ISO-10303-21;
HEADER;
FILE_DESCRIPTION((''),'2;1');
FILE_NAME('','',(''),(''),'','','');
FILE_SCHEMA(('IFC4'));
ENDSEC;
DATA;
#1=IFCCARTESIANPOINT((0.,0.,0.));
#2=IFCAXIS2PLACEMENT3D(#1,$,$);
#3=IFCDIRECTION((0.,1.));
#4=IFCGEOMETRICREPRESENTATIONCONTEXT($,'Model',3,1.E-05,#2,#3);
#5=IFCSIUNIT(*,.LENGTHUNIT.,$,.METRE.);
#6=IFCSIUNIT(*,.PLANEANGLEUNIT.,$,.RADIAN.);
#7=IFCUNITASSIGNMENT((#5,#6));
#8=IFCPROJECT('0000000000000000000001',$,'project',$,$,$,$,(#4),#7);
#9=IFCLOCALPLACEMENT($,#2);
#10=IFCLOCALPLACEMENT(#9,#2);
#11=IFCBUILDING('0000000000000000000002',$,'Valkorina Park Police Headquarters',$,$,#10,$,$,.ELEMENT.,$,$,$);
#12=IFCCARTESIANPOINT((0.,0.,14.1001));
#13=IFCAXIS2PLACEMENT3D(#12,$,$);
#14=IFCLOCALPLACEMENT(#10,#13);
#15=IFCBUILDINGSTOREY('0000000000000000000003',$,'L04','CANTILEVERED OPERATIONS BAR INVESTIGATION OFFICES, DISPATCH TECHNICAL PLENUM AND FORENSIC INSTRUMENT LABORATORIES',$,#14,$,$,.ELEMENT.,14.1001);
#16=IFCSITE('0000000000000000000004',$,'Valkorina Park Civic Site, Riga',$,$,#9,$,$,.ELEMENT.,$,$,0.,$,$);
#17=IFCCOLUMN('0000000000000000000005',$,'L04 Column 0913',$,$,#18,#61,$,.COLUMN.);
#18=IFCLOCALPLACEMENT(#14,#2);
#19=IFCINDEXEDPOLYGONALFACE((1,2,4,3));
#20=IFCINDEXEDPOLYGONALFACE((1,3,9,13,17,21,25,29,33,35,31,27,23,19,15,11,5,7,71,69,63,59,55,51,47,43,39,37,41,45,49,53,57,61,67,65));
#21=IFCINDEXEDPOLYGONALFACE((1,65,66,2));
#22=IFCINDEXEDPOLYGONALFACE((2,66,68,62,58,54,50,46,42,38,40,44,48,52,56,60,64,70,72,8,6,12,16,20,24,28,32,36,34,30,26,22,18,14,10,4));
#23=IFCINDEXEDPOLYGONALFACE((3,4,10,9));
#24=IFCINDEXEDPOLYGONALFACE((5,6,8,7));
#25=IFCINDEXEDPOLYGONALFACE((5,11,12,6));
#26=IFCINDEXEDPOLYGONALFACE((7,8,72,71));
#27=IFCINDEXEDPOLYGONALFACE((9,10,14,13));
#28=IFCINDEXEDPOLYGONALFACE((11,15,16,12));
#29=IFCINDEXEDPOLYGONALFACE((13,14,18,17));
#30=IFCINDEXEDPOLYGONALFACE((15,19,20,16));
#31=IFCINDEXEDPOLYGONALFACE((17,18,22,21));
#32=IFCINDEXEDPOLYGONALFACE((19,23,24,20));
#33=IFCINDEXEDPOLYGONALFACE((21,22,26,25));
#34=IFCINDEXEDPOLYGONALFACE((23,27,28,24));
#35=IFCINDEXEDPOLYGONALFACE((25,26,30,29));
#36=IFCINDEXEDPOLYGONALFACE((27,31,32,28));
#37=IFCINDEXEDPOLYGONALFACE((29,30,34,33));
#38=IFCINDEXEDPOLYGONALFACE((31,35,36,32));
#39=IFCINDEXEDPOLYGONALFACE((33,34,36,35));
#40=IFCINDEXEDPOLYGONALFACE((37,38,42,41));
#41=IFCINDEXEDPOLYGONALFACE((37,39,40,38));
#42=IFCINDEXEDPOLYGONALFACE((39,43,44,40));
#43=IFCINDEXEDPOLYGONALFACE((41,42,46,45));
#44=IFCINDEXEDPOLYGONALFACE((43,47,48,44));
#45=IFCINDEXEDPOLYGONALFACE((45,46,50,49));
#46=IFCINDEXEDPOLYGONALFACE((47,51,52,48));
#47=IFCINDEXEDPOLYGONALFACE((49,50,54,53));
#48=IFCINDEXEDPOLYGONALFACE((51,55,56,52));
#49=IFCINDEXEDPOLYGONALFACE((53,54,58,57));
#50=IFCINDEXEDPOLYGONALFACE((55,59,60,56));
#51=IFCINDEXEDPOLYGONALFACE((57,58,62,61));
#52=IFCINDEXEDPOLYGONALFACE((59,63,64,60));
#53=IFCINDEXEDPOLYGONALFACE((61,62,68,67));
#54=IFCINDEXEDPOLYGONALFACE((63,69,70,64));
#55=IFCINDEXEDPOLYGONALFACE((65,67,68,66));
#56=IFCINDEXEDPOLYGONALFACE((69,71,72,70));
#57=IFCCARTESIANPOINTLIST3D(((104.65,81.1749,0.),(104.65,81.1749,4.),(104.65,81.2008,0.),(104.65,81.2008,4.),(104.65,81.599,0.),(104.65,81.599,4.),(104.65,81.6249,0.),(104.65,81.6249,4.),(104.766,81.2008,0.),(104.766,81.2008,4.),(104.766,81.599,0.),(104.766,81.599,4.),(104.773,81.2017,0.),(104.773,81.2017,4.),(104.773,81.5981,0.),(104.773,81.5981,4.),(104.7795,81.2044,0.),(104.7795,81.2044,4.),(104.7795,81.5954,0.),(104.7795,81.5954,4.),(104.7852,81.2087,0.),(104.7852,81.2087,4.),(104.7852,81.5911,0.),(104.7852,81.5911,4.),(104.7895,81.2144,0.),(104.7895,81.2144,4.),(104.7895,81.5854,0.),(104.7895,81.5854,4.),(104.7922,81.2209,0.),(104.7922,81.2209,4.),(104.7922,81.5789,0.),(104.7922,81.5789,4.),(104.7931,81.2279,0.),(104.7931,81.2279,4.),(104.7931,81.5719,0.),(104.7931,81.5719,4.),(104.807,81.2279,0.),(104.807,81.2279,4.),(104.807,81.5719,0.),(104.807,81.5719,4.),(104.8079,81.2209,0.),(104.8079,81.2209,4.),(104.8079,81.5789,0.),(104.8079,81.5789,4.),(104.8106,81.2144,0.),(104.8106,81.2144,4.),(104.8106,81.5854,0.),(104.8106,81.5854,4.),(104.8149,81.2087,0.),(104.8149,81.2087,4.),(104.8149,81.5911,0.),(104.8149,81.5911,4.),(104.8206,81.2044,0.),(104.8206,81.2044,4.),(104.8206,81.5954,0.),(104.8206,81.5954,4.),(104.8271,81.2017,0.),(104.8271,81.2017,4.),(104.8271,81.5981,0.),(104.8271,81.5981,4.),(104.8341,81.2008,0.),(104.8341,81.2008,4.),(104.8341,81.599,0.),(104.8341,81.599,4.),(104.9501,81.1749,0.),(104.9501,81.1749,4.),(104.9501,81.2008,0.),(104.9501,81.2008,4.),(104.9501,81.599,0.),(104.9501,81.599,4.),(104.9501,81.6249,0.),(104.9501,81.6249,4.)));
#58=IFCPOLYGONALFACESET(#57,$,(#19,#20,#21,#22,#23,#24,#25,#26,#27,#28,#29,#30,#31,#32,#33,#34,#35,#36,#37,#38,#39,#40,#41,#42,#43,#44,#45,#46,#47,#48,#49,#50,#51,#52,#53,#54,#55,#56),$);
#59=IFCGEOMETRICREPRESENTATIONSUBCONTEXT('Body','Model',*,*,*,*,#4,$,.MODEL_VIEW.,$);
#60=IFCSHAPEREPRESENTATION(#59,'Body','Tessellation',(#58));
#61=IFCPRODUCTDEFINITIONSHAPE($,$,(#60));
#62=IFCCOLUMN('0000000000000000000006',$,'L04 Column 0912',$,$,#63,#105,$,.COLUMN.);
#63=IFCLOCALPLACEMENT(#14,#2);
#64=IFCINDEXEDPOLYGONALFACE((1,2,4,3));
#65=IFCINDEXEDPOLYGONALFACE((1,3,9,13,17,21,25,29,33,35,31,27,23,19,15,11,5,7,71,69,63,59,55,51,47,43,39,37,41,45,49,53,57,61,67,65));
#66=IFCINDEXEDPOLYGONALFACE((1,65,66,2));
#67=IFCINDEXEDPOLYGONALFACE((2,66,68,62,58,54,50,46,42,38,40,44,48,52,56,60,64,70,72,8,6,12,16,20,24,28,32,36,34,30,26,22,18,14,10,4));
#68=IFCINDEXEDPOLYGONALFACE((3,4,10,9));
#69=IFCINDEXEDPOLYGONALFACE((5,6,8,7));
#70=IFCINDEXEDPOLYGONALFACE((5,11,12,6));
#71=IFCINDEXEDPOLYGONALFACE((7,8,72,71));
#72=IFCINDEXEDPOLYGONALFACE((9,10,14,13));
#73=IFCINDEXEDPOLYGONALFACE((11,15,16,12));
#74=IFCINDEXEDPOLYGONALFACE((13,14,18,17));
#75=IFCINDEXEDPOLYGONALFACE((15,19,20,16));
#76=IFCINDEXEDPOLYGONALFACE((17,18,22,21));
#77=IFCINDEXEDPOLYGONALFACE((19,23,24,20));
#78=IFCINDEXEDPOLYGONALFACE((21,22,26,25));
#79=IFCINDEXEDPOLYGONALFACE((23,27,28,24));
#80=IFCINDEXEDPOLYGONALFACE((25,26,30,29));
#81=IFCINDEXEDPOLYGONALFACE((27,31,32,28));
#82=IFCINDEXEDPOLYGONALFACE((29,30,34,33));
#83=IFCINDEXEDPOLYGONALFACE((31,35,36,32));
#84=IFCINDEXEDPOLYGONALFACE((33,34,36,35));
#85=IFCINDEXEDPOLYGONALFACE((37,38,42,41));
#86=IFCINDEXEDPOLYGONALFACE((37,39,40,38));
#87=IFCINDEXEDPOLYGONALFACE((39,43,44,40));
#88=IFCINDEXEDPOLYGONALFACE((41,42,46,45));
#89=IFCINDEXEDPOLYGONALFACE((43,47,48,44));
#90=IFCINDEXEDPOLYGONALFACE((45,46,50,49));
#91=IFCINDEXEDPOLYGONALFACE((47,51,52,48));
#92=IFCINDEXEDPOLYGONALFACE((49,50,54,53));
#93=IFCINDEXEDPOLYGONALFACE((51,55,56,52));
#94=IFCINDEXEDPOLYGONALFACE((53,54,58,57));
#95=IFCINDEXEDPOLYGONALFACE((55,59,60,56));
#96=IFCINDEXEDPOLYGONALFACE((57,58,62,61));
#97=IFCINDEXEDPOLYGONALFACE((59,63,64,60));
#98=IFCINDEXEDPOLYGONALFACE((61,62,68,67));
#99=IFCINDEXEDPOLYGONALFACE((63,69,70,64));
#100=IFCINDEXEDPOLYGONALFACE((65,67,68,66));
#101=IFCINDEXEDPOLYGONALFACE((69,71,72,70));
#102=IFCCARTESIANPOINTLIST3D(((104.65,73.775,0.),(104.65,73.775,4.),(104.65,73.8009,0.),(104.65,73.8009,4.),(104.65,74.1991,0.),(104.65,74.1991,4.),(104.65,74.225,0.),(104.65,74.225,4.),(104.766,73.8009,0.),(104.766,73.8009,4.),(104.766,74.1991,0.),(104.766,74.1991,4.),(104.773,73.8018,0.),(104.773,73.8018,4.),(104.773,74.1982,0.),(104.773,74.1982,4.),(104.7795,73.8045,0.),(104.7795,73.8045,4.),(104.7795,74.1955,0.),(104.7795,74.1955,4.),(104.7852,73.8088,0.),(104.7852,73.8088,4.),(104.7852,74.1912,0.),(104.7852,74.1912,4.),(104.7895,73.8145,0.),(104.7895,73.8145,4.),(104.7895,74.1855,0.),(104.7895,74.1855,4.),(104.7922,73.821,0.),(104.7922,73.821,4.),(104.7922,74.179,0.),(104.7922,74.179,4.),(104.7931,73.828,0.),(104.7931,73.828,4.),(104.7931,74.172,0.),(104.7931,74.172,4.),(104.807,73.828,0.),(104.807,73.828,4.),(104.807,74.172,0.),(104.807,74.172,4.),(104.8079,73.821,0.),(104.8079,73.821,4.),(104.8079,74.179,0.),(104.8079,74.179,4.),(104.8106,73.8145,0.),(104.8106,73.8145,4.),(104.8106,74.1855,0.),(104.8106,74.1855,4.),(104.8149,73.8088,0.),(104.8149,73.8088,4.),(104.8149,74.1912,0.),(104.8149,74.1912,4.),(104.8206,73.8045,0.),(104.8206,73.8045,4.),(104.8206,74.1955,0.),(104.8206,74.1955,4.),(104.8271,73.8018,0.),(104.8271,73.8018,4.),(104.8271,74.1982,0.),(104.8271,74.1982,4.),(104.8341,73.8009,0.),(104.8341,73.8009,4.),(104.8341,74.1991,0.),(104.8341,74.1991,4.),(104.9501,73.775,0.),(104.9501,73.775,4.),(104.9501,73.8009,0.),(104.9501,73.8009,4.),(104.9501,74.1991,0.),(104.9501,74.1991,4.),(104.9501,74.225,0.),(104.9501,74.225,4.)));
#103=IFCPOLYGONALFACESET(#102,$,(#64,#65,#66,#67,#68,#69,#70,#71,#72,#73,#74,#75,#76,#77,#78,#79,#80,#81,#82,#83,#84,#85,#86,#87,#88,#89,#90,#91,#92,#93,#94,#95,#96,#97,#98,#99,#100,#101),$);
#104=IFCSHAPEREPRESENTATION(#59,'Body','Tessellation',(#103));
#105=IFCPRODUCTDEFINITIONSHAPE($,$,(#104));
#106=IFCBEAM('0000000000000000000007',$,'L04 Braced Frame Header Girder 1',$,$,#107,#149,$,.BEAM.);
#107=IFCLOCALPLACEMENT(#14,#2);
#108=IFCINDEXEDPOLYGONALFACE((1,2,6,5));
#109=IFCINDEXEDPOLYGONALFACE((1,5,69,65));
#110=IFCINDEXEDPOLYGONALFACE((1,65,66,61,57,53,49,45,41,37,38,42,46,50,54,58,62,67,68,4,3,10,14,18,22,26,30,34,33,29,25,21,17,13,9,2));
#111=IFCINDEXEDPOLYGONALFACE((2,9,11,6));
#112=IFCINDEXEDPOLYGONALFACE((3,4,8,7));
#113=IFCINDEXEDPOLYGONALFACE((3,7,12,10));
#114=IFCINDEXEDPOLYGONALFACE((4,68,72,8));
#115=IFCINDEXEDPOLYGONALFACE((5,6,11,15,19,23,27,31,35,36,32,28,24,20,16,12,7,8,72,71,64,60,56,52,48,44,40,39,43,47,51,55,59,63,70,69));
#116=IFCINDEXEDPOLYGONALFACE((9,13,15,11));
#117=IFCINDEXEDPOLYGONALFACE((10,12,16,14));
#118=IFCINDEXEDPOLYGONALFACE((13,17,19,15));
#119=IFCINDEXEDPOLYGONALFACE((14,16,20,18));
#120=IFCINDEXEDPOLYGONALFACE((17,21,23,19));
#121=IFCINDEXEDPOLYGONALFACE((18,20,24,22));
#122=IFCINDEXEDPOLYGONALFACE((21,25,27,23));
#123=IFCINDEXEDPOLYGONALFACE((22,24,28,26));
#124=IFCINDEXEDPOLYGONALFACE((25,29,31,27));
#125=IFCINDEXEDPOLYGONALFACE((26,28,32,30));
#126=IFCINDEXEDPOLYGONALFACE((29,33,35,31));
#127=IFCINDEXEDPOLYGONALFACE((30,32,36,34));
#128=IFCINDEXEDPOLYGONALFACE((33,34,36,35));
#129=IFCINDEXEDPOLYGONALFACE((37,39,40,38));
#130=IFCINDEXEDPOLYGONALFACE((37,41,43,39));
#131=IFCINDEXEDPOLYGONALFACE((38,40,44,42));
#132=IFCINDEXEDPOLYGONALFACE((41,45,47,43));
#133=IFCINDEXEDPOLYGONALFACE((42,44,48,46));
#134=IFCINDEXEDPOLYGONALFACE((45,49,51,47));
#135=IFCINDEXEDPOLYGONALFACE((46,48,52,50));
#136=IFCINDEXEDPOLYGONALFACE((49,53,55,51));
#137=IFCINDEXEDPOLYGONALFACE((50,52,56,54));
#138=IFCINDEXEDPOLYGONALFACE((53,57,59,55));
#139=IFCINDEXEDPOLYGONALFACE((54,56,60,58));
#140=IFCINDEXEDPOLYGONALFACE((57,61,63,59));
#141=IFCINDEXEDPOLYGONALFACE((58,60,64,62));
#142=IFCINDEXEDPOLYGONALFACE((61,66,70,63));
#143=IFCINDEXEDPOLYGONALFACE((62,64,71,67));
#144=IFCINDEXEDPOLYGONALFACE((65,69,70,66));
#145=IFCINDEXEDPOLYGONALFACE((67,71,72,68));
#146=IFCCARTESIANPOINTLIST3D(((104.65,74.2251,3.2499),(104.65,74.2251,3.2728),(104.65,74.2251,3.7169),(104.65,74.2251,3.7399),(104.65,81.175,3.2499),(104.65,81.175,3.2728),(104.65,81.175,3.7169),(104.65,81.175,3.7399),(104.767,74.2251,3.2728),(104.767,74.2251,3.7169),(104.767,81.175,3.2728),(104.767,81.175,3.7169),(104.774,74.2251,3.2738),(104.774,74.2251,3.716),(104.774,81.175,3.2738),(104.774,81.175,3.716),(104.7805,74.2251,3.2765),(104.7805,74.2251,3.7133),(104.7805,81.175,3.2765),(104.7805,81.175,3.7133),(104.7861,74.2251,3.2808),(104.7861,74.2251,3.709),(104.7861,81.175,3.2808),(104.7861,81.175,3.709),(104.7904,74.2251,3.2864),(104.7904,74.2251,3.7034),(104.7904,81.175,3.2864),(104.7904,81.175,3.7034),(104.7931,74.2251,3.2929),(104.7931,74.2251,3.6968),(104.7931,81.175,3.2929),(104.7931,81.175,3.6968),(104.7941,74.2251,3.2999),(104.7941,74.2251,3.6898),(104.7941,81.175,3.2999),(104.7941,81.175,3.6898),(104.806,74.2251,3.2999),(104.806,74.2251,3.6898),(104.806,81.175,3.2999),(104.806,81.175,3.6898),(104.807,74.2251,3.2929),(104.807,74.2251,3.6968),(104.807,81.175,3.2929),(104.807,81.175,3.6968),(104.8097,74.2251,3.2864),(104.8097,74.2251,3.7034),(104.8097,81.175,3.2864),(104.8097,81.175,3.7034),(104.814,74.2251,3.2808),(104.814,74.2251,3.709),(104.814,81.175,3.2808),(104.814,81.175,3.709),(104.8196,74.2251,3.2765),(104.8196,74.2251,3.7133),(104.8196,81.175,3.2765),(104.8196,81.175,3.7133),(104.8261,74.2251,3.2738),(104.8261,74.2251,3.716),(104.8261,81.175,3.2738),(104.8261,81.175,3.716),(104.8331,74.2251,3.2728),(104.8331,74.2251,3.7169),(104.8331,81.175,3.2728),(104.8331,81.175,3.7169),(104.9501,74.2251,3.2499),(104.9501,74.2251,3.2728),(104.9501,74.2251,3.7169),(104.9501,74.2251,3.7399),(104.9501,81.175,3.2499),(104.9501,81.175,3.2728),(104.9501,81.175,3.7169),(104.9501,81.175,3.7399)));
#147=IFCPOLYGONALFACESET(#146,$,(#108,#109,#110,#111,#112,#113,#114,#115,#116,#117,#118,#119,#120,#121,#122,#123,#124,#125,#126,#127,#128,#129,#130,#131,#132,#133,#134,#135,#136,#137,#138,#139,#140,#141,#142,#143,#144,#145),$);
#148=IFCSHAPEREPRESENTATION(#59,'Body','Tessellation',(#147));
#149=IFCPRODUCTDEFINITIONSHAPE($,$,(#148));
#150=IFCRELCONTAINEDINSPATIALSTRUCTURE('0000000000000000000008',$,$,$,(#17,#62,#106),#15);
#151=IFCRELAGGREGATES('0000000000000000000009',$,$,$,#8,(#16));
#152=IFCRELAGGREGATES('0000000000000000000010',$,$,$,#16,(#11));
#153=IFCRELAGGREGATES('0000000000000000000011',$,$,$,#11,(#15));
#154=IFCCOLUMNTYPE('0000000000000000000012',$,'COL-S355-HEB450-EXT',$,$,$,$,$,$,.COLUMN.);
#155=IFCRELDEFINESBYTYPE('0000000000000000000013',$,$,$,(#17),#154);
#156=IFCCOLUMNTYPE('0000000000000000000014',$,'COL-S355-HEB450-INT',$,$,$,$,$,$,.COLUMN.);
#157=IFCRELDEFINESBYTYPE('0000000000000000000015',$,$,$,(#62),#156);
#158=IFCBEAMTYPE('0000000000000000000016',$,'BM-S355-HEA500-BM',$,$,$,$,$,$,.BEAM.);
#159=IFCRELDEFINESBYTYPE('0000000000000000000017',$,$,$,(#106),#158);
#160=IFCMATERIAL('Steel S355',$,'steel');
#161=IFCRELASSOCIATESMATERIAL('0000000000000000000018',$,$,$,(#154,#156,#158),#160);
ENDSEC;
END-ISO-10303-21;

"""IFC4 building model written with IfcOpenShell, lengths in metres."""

from ifc_helpers import new_model, si_unit, direction, frame, origin, origin_2d, place, context, subcontext, project, spatial, i_section, extrude, material, material_profile, profile_set, type_object, element, save


model = new_model("IFC4")

# Units and contexts
model_context = context("Model", 3, precision=1e-05, world=origin(), true_north=direction((0.0, 1.0)))
body_context = subcontext(model_context, "Body", "Model", "MODEL_VIEW")
ifc_project = project(units=[si_unit("LENGTHUNIT", "METRE"), si_unit("PLANEANGLEUNIT", "RADIAN")], contexts=[model_context])

# Site, building, storey
site_placement = place(None, origin())
site = spatial("IfcSite", under=ifc_project, at=site_placement, Name="Valkorina Park Civic Site, Riga", CompositionType="ELEMENT", RefElevation=0.0)
building_placement = place(site_placement, origin())
building = spatial("IfcBuilding", under=site, at=building_placement, Name="Valkorina Park Police Headquarters", CompositionType="ELEMENT")
storey_placement = place(building_placement, frame((0.0, 0.0, 14.1001)))
storey = spatial("IfcBuildingStorey", under=building, at=storey_placement, Name="L04", Description="CANTILEVERED OPERATIONS BAR INVESTIGATION OFFICES, DISPATCH TECHNICAL PLENUM AND FORENSIC INSTRUMENT LABORATORIES", CompositionType="ELEMENT", Elevation=14.1001)

# Columns
ifc_material_1 = material(Name="Steel S355", Category="steel")
ifc_material_profile_1 = material_profile(ifc_material_1, i_section(OverallWidth=0.3, OverallDepth=0.45, WebThickness=0.0139, FlangeThickness=0.0259, FilletRadius=0.0271, at=origin_2d()), Name="HEB 450")
ifc_profile_set_1 = profile_set([ifc_material_profile_1], Name="Steel S355")
column_type_1 = type_object("IfcColumnType", Name="COL-S355-HEB450-EXT", PredefinedType="COLUMN", material=ifc_profile_set_1)
column_1_placement = place(storey_placement, frame((104.8, 81.3999, 0.0), z_axis=(0.0, 0.0, 1.0), x_axis=(1.0, 0.0, 0.0)))
element("IfcColumn", 1, at=column_1_placement, inside=storey, type_object=column_type_1, Name="L04 Column 0913", PredefinedType="COLUMN", context=body_context, shape_type="SweptSolid", body=[
    extrude(i_section(OverallWidth=0.3, OverallDepth=0.45, WebThickness=0.0139, FlangeThickness=0.0259, FilletRadius=0.0271, at=origin_2d()), origin(), (0.0, 0.0, 1.0), 4.0),
])
ifc_material_profile_2 = material_profile(ifc_material_1, i_section(OverallWidth=0.3, OverallDepth=0.45, WebThickness=0.0139, FlangeThickness=0.0259, FilletRadius=0.0271, at=origin_2d()), Name="HEB 450")
ifc_profile_set_2 = profile_set([ifc_material_profile_2], Name="Steel S355")
column_type_2 = type_object("IfcColumnType", Name="COL-S355-HEB450-INT", PredefinedType="COLUMN", material=ifc_profile_set_2)
column_2_placement = place(storey_placement, frame((104.8, 74.0, 0.0), z_axis=(0.0, 0.0, 1.0), x_axis=(1.0, 0.0, 0.0)))
element("IfcColumn", 2, at=column_2_placement, inside=storey, type_object=column_type_2, Name="L04 Column 0912", PredefinedType="COLUMN", context=body_context, shape_type="SweptSolid", body=[
    extrude(i_section(OverallWidth=0.3, OverallDepth=0.45, WebThickness=0.0139, FlangeThickness=0.0259, FilletRadius=0.0271, at=origin_2d()), origin(), (0.0, 0.0, 1.0), 4.0),
])

# Beam
ifc_material_profile_3 = material_profile(ifc_material_1, i_section(OverallWidth=0.3, OverallDepth=0.49, WebThickness=0.012, FlangeThickness=0.0229, FilletRadius=0.0271, at=origin_2d()), Name="HEA 500")
ifc_profile_set_3 = profile_set([ifc_material_profile_3], Name="Steel S355")
beam_type_1 = type_object("IfcBeamType", Name="BM-S355-HEA500-BM", PredefinedType="BEAM", material=ifc_profile_set_3)
beam_1_placement = place(storey_placement, frame((104.8, 74.2251, 3.4949), z_axis=(0.0, 1.0, 0.0), x_axis=(-1.0, 0.0, 0.0)))
element("IfcBeam", 3, at=beam_1_placement, inside=storey, type_object=beam_type_1, Name="L04 Braced Frame Header Girder 1", PredefinedType="BEAM", context=body_context, shape_type="SweptSolid", body=[
    extrude(i_section(OverallWidth=0.3, OverallDepth=0.49, WebThickness=0.012, FlangeThickness=0.0229, FilletRadius=0.0271, at=origin_2d()), origin(), (0.0, 0.0, 1.0), 6.95),
])

save(model, "model.ifc")
